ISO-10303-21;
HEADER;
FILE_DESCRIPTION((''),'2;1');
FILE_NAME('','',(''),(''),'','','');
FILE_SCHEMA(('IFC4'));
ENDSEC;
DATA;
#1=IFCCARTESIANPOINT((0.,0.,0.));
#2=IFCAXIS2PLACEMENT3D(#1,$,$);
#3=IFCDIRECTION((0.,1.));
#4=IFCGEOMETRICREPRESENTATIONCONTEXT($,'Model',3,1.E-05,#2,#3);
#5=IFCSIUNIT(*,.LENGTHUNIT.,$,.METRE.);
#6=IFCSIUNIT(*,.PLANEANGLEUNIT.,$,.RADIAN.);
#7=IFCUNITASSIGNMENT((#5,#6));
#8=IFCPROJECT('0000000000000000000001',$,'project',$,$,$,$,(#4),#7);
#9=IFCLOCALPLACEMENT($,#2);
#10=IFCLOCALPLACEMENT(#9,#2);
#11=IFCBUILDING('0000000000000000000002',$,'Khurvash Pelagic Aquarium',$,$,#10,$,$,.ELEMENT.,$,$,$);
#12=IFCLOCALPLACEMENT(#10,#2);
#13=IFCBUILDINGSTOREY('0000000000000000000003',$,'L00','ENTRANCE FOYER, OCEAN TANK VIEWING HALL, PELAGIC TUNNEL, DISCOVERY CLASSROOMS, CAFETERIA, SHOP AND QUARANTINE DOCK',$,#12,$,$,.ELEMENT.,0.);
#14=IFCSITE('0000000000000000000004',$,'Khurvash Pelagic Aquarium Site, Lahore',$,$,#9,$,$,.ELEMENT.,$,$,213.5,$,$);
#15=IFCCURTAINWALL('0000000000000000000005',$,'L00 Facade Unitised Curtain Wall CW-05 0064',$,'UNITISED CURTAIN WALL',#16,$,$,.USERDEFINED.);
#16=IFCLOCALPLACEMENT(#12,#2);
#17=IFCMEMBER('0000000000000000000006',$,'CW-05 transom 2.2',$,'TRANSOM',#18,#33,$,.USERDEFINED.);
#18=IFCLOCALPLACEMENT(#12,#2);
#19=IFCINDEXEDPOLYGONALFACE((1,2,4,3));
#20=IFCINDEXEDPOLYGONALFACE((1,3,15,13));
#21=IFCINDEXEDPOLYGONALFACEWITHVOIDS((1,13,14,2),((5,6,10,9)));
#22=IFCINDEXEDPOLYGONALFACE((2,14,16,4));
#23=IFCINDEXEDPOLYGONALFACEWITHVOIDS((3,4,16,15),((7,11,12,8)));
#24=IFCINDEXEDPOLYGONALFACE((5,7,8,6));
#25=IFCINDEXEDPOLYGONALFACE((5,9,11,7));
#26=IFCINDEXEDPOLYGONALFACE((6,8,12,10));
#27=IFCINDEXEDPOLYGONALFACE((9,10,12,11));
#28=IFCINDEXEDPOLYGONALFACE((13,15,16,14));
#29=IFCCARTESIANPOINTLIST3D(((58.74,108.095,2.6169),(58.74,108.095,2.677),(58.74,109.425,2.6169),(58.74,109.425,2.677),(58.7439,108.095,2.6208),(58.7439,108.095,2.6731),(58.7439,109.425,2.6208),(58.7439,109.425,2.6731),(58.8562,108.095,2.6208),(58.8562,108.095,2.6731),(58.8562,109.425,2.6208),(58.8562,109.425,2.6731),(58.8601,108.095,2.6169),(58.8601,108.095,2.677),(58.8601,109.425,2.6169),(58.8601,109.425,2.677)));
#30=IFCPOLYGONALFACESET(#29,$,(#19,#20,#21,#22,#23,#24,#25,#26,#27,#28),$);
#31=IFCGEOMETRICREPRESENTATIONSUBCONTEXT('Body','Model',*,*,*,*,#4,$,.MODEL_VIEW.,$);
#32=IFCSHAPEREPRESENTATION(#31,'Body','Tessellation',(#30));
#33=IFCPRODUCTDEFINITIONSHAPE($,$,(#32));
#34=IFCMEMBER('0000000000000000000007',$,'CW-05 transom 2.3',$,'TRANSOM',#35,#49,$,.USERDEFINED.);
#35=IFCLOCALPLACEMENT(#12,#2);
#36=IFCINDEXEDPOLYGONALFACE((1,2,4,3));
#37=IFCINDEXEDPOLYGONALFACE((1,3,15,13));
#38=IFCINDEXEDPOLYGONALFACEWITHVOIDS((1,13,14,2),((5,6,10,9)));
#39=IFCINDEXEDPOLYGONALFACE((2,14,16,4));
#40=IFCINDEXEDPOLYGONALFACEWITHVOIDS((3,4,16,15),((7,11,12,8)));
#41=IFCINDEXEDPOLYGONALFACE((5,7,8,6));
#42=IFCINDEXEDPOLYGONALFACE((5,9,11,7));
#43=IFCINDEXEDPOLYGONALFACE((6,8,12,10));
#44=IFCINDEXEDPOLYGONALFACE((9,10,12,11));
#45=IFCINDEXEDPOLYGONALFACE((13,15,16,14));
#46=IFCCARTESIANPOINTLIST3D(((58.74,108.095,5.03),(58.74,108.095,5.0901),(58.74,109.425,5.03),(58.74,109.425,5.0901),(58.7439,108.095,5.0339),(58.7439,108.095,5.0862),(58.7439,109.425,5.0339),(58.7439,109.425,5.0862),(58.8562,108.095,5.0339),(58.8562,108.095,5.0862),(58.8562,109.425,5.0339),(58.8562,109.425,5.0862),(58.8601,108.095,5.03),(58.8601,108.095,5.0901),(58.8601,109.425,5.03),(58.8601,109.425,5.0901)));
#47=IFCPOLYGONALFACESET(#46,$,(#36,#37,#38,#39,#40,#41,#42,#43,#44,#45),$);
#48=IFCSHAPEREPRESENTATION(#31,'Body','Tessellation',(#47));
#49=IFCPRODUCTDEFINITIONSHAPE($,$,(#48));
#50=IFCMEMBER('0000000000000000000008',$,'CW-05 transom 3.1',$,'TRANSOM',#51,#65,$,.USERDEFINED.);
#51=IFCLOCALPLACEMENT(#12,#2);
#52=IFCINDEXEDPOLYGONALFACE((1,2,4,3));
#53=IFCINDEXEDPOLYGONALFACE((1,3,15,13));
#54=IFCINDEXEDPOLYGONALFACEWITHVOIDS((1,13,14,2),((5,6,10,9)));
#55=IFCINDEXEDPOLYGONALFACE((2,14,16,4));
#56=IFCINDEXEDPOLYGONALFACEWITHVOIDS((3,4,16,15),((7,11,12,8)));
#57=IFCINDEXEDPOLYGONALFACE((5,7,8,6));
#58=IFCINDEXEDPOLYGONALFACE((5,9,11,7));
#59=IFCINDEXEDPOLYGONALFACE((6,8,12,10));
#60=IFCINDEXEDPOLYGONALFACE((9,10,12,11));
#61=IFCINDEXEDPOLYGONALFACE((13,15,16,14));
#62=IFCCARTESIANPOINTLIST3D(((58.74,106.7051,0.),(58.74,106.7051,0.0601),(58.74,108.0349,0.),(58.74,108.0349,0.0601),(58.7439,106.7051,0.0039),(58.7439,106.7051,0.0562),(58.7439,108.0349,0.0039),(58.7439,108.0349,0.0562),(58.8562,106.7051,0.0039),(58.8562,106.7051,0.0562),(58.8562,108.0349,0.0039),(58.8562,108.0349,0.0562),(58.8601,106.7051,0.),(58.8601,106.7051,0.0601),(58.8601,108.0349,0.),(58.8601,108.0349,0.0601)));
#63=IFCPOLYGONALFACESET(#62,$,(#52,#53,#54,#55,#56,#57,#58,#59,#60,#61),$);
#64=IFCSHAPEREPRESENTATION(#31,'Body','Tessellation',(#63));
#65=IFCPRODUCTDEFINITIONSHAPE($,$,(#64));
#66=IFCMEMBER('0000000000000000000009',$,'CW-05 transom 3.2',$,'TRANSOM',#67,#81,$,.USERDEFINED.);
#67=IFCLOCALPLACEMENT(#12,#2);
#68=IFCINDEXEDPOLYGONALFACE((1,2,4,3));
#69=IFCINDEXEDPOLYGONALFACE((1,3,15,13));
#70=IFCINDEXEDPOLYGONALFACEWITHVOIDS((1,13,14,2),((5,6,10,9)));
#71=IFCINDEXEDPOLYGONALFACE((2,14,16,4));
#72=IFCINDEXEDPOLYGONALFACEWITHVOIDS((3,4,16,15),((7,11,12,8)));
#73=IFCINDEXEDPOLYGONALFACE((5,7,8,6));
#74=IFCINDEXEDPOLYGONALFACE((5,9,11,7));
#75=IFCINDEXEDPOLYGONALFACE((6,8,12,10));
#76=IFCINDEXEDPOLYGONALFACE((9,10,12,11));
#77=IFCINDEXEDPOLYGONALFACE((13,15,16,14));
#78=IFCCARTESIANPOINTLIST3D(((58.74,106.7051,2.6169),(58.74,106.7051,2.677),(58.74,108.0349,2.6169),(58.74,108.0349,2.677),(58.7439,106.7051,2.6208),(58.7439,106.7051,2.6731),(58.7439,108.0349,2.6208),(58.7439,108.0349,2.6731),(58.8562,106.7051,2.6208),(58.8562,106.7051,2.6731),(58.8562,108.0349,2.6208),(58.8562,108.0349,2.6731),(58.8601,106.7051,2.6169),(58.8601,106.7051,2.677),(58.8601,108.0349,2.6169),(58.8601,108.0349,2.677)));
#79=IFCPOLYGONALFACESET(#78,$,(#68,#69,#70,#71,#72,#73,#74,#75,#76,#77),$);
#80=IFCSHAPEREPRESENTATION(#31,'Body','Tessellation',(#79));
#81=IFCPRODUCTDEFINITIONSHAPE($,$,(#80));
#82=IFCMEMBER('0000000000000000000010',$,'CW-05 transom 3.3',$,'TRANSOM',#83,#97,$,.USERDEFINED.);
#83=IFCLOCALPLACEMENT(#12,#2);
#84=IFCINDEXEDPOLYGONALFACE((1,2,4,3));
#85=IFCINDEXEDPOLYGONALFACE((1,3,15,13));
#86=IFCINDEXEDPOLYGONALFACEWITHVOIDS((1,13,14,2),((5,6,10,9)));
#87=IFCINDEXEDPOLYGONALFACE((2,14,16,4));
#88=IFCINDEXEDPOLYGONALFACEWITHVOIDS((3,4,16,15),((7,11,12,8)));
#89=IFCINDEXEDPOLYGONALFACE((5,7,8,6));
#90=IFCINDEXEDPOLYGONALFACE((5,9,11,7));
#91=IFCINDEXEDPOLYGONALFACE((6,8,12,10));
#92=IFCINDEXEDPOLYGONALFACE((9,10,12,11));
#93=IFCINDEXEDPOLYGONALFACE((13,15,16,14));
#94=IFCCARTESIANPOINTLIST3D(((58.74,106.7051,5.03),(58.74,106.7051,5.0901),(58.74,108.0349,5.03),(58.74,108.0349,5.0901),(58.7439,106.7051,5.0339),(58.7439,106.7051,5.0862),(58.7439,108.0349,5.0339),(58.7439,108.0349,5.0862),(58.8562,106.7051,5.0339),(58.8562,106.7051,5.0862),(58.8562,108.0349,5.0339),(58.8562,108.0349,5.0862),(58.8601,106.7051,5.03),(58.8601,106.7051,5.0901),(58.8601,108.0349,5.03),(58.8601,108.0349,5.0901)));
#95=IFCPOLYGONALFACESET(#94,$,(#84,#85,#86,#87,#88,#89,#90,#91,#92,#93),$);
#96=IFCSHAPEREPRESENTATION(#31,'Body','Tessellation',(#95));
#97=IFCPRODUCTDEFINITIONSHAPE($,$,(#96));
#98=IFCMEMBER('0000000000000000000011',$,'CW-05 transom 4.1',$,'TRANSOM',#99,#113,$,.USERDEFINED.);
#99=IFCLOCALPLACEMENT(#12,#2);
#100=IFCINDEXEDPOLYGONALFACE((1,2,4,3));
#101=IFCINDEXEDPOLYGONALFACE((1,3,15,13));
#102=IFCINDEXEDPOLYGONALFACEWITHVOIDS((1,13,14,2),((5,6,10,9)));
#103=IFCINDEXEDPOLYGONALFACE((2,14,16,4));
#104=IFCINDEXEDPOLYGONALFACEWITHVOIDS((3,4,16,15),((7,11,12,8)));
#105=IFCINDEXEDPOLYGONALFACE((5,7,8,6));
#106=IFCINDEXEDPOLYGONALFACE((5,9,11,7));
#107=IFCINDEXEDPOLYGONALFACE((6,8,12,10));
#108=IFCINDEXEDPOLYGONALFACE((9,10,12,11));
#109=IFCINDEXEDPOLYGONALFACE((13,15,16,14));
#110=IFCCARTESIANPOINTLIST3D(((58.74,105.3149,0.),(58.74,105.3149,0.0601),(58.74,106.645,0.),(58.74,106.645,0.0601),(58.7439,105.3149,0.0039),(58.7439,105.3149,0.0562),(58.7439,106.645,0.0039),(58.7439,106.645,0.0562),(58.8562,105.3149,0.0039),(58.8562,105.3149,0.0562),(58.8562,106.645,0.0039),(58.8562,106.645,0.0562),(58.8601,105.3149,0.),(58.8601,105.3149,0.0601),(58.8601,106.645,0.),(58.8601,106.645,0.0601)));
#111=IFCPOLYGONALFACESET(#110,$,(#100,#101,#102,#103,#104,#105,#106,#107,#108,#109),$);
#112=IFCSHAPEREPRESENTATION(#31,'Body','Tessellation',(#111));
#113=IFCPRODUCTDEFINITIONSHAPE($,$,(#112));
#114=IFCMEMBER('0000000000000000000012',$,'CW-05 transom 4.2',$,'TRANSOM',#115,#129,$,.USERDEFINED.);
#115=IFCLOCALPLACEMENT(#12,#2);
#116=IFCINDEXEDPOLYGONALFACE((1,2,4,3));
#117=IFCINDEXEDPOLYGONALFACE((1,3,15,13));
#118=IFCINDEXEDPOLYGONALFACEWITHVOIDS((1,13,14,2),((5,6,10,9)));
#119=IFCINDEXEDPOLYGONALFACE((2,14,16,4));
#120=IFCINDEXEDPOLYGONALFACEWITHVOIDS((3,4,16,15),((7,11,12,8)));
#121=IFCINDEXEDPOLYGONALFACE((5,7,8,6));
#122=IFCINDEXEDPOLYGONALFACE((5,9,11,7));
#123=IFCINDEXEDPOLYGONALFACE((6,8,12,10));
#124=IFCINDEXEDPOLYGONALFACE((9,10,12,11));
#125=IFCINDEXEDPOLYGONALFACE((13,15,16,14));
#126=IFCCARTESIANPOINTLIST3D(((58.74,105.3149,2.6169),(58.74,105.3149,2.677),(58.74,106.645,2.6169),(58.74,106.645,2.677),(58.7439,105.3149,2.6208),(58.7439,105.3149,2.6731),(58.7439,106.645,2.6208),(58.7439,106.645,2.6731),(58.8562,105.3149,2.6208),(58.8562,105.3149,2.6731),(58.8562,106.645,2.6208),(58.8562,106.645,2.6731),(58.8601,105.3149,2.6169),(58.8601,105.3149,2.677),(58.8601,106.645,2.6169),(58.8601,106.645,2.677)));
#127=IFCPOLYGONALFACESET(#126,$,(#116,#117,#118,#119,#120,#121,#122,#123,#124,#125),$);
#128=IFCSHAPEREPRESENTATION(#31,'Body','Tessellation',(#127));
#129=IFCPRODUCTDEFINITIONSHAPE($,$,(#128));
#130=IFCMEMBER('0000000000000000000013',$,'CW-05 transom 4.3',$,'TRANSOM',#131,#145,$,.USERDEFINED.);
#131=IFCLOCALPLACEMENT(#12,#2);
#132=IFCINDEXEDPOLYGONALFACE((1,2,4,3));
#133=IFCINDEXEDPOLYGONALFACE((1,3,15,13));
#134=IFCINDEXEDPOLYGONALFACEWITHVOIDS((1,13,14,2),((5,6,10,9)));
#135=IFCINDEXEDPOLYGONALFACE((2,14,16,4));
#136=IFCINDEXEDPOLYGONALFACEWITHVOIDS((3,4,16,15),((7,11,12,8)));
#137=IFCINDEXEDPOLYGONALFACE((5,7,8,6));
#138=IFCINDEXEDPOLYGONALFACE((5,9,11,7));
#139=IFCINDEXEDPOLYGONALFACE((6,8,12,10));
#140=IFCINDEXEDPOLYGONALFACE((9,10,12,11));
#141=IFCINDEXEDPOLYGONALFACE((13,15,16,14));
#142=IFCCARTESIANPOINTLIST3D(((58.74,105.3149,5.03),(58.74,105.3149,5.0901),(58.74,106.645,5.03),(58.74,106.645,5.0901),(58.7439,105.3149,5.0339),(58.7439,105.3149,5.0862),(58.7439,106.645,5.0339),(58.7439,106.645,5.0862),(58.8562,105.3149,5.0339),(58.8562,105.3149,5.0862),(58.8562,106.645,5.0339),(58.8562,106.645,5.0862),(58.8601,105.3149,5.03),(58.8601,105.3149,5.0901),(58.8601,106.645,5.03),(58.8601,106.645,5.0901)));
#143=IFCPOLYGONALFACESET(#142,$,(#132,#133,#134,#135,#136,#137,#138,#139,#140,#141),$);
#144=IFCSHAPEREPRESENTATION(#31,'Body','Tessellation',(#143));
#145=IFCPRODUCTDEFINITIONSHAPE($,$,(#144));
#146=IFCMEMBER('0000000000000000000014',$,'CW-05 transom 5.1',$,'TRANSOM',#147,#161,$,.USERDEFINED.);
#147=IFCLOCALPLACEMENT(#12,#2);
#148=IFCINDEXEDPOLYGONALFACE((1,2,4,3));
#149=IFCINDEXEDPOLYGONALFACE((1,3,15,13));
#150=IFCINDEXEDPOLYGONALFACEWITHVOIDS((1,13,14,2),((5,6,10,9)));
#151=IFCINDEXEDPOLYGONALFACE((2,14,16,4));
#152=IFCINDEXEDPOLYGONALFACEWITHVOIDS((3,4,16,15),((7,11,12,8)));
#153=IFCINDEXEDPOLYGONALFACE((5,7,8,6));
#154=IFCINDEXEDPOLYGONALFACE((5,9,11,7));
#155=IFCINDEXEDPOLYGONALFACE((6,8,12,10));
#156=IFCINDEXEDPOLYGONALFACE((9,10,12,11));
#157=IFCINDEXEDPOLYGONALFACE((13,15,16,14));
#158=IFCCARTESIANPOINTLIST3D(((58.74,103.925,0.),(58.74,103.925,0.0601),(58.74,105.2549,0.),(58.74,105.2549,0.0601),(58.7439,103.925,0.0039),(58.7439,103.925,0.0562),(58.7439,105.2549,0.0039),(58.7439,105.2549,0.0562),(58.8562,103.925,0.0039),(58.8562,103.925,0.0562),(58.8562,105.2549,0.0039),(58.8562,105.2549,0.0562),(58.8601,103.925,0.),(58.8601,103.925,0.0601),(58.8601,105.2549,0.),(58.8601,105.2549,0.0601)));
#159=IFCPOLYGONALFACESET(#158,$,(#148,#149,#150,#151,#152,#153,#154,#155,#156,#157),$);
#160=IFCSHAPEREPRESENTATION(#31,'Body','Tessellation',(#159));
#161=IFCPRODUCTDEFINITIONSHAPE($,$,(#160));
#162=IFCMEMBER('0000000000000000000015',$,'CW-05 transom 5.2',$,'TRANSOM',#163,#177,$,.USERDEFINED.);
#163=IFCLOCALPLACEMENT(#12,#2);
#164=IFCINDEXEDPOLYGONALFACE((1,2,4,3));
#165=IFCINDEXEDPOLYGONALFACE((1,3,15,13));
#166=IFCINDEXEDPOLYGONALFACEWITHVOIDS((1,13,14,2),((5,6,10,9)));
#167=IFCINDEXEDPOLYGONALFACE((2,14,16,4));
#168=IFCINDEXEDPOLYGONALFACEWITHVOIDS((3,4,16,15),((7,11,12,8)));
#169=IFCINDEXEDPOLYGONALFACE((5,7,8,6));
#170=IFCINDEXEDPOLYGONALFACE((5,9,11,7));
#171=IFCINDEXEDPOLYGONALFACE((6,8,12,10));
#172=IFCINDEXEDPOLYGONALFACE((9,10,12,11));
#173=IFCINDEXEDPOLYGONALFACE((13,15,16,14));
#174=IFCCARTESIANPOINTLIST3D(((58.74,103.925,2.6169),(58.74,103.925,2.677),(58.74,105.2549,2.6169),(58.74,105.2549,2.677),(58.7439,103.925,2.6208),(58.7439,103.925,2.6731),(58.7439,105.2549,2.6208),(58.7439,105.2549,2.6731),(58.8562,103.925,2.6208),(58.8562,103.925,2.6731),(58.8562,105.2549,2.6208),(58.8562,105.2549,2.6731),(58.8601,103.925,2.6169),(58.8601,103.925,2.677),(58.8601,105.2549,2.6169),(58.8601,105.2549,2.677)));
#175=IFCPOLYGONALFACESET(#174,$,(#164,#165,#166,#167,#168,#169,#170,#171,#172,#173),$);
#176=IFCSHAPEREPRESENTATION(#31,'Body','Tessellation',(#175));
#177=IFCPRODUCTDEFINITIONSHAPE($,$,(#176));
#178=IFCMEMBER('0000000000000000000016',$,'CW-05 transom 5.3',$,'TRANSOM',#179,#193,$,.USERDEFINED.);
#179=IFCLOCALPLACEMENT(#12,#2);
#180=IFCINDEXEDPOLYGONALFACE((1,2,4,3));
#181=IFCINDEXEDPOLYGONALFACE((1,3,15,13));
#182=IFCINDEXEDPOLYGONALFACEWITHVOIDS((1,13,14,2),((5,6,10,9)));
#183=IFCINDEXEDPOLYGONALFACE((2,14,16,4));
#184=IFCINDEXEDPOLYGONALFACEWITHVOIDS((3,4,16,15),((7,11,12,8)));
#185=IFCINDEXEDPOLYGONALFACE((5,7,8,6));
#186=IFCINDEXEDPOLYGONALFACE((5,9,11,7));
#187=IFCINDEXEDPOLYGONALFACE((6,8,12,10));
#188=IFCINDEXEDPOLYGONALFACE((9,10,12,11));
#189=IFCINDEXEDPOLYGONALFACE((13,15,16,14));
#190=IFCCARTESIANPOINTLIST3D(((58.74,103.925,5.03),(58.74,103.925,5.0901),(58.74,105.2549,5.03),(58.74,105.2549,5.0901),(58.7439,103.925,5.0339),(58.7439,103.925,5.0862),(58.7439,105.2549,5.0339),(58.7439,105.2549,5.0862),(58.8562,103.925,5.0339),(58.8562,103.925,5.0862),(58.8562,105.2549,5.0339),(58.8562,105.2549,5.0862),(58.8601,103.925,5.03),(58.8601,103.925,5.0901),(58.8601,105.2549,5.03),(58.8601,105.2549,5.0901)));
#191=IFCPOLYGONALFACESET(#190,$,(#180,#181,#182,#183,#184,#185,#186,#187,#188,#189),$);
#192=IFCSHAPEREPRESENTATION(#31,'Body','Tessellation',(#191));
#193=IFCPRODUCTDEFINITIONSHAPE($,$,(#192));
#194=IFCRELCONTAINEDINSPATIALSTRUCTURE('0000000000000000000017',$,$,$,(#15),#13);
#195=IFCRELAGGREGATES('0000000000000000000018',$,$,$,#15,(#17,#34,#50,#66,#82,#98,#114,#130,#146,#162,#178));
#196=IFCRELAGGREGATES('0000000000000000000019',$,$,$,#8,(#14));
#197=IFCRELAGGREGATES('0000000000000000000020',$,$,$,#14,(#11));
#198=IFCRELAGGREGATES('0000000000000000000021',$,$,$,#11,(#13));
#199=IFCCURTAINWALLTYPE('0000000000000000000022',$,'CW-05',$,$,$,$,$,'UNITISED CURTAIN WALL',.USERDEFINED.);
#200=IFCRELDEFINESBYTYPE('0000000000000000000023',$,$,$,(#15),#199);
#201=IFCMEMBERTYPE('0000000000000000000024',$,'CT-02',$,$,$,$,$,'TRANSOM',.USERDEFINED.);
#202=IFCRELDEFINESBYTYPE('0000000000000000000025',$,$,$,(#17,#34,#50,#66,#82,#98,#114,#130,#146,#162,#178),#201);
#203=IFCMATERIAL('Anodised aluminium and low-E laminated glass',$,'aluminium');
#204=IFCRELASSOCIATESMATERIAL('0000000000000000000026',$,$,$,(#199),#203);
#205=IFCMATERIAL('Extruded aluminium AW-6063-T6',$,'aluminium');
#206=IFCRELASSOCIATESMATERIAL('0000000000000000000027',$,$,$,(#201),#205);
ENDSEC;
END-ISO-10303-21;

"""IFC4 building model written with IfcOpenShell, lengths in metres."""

from ifc_helpers import new_model, si_unit, direction, frame, origin, origin_2d, place, context, subcontext, project, spatial, hollow_rectangle, extrude, material, material_profile, profile_set, type_object, element, aggregate, save


model = new_model("IFC4")

# Units and contexts
model_context = context("Model", 3, precision=1e-05, world=origin(), true_north=direction((0.0, 1.0)))
body_context = subcontext(model_context, "Body", "Model", "MODEL_VIEW")
ifc_project = project(units=[si_unit("LENGTHUNIT", "METRE"), si_unit("PLANEANGLEUNIT", "RADIAN")], contexts=[model_context])

# Site, building, storey
site_placement = place(None, origin())
site = spatial("IfcSite", under=ifc_project, at=site_placement, Name="Khurvash Pelagic Aquarium Site, Lahore", CompositionType="ELEMENT", RefElevation=213.5)
building_placement = place(site_placement, origin())
building = spatial("IfcBuilding", under=site, at=building_placement, Name="Khurvash Pelagic Aquarium", CompositionType="ELEMENT")
storey_placement = place(building_placement, origin())
storey = spatial("IfcBuildingStorey", under=building, at=storey_placement, Name="L00", Description="ENTRANCE FOYER, OCEAN TANK VIEWING HALL, PELAGIC TUNNEL, DISCOVERY CLASSROOMS, CAFETERIA, SHOP AND QUARANTINE DOCK", CompositionType="ELEMENT", Elevation=0.0)

# Curtain wall, members
ifc_material_1 = material(Name="Anodised aluminium and low-E laminated glass", Category="aluminium")
curtain_wall_type = type_object("IfcCurtainWallType", Name="CW-05", ElementType="UNITISED CURTAIN WALL", PredefinedType="USERDEFINED", material=ifc_material_1)
curtain_wall_placement = place(storey_placement, origin())
curtain_wall = element("IfcCurtainWall", 1, at=curtain_wall_placement, inside=storey, type_object=curtain_wall_type, Name="L00 Facade Unitised Curtain Wall CW-05 0064", ObjectType="UNITISED CURTAIN WALL", PredefinedType="USERDEFINED")
ifc_material_2 = material(Name="Extruded aluminium AW-6063-T6", Category="aluminium")
ifc_material_profile_1 = material_profile(ifc_material_2, hollow_rectangle(XDim=0.1201, YDim=0.0601, WallThickness=0.0039, at=origin_2d()), Name="CWT120X60X4")
ifc_profile_set_1 = profile_set([ifc_material_profile_1], Name="Extruded aluminium AW-6063-T6")
member_type_1 = type_object("IfcMemberType", Name="CT-02", ElementType="TRANSOM", PredefinedType="USERDEFINED", material=ifc_profile_set_1)
member_1_placement = place(storey_placement, frame((58.8, 109.425, 2.647), z_axis=(0.0, -1.0, 0.0), x_axis=(1.0, 0.0, 0.0)))
member_1 = element("IfcMember", 2, at=member_1_placement, type_object=member_type_1, Name="CW-05 transom 2.2", ObjectType="TRANSOM", PredefinedType="USERDEFINED", context=body_context, shape_type="SweptSolid", body=[
    extrude(hollow_rectangle(XDim=0.1201, YDim=0.0601, WallThickness=0.0039, at=origin_2d()), origin(), (0.0, 0.0, 1.0), 1.3301),
])
member_2_placement = place(storey_placement, frame((58.8, 109.425, 5.0601), z_axis=(0.0, -1.0, 0.0), x_axis=(1.0, 0.0, 0.0)))
member_2 = element("IfcMember", 3, at=member_2_placement, type_object=member_type_1, Name="CW-05 transom 2.3", ObjectType="TRANSOM", PredefinedType="USERDEFINED", context=body_context, shape_type="SweptSolid", body=[
    extrude(hollow_rectangle(XDim=0.1201, YDim=0.0601, WallThickness=0.0039, at=origin_2d()), origin(), (0.0, 0.0, 1.0), 1.3301),
])
member_3_placement = place(storey_placement, frame((58.8, 108.0349, 0.03), z_axis=(0.0, -1.0, 0.0), x_axis=(1.0, 0.0, 0.0)))
member_3 = element("IfcMember", 4, at=member_3_placement, type_object=member_type_1, Name="CW-05 transom 3.1", ObjectType="TRANSOM", PredefinedType="USERDEFINED", context=body_context, shape_type="SweptSolid", body=[
    extrude(hollow_rectangle(XDim=0.1201, YDim=0.0601, WallThickness=0.0039, at=origin_2d()), origin(), (0.0, 0.0, 1.0), 1.3298),
])
member_4_placement = place(storey_placement, frame((58.8, 108.0349, 2.647), z_axis=(0.0, -1.0, 0.0), x_axis=(1.0, 0.0, 0.0)))
member_4 = element("IfcMember", 5, at=member_4_placement, type_object=member_type_1, Name="CW-05 transom 3.2", ObjectType="TRANSOM", PredefinedType="USERDEFINED", context=body_context, shape_type="SweptSolid", body=[
    extrude(hollow_rectangle(XDim=0.1201, YDim=0.0601, WallThickness=0.0039, at=origin_2d()), origin(), (0.0, 0.0, 1.0), 1.3298),
])
member_5_placement = place(storey_placement, frame((58.8, 108.0349, 5.0601), z_axis=(0.0, -1.0, 0.0), x_axis=(1.0, 0.0, 0.0)))
member_5 = element("IfcMember", 6, at=member_5_placement, type_object=member_type_1, Name="CW-05 transom 3.3", ObjectType="TRANSOM", PredefinedType="USERDEFINED", context=body_context, shape_type="SweptSolid", body=[
    extrude(hollow_rectangle(XDim=0.1201, YDim=0.0601, WallThickness=0.0039, at=origin_2d()), origin(), (0.0, 0.0, 1.0), 1.3298),
])
member_6_placement = place(storey_placement, frame((58.8, 106.645, 0.03), z_axis=(0.0, -1.0, 0.0), x_axis=(1.0, 0.0, 0.0)))
member_6 = element("IfcMember", 7, at=member_6_placement, type_object=member_type_1, Name="CW-05 transom 4.1", ObjectType="TRANSOM", PredefinedType="USERDEFINED", context=body_context, shape_type="SweptSolid", body=[
    extrude(hollow_rectangle(XDim=0.1201, YDim=0.0601, WallThickness=0.0039, at=origin_2d()), origin(), (0.0, 0.0, 1.0), 1.3301),
])
member_7_placement = place(storey_placement, frame((58.8, 106.645, 2.647), z_axis=(0.0, -1.0, 0.0), x_axis=(1.0, 0.0, 0.0)))
member_7 = element("IfcMember", 8, at=member_7_placement, type_object=member_type_1, Name="CW-05 transom 4.2", ObjectType="TRANSOM", PredefinedType="USERDEFINED", context=body_context, shape_type="SweptSolid", body=[
    extrude(hollow_rectangle(XDim=0.1201, YDim=0.0601, WallThickness=0.0039, at=origin_2d()), origin(), (0.0, 0.0, 1.0), 1.3301),
])
member_8_placement = place(storey_placement, frame((58.8, 106.645, 5.0601), z_axis=(0.0, -1.0, 0.0), x_axis=(1.0, 0.0, 0.0)))
member_8 = element("IfcMember", 9, at=member_8_placement, type_object=member_type_1, Name="CW-05 transom 4.3", ObjectType="TRANSOM", PredefinedType="USERDEFINED", context=body_context, shape_type="SweptSolid", body=[
    extrude(hollow_rectangle(XDim=0.1201, YDim=0.0601, WallThickness=0.0039, at=origin_2d()), origin(), (0.0, 0.0, 1.0), 1.3301),
])
member_9_placement = place(storey_placement, frame((58.8, 105.2549, 0.03), z_axis=(0.0, -1.0, 0.0), x_axis=(1.0, 0.0, 0.0)))
member_9 = element("IfcMember", 10, at=member_9_placement, type_object=member_type_1, Name="CW-05 transom 5.1", ObjectType="TRANSOM", PredefinedType="USERDEFINED", context=body_context, shape_type="SweptSolid", body=[
    extrude(hollow_rectangle(XDim=0.1201, YDim=0.0601, WallThickness=0.0039, at=origin_2d()), origin(), (0.0, 0.0, 1.0), 1.3298),
])
member_10_placement = place(storey_placement, frame((58.8, 105.2549, 2.647), z_axis=(0.0, -1.0, 0.0), x_axis=(1.0, 0.0, 0.0)))
member_10 = element("IfcMember", 11, at=member_10_placement, type_object=member_type_1, Name="CW-05 transom 5.2", ObjectType="TRANSOM", PredefinedType="USERDEFINED", context=body_context, shape_type="SweptSolid", body=[
    extrude(hollow_rectangle(XDim=0.1201, YDim=0.0601, WallThickness=0.0039, at=origin_2d()), origin(), (0.0, 0.0, 1.0), 1.3298),
])
member_11_placement = place(storey_placement, frame((58.8, 105.2549, 5.0601), z_axis=(0.0, -1.0, 0.0), x_axis=(1.0, 0.0, 0.0)))
member_11 = element("IfcMember", 12, at=member_11_placement, type_object=member_type_1, Name="CW-05 transom 5.3", ObjectType="TRANSOM", PredefinedType="USERDEFINED", context=body_context, shape_type="SweptSolid", body=[
    extrude(hollow_rectangle(XDim=0.1201, YDim=0.0601, WallThickness=0.0039, at=origin_2d()), origin(), (0.0, 0.0, 1.0), 1.3298),
])
aggregate(curtain_wall, [member_1, member_2, member_3, member_4, member_5, member_6, member_7, member_8, member_9, member_10, member_11])

save(model, "model.ifc")
